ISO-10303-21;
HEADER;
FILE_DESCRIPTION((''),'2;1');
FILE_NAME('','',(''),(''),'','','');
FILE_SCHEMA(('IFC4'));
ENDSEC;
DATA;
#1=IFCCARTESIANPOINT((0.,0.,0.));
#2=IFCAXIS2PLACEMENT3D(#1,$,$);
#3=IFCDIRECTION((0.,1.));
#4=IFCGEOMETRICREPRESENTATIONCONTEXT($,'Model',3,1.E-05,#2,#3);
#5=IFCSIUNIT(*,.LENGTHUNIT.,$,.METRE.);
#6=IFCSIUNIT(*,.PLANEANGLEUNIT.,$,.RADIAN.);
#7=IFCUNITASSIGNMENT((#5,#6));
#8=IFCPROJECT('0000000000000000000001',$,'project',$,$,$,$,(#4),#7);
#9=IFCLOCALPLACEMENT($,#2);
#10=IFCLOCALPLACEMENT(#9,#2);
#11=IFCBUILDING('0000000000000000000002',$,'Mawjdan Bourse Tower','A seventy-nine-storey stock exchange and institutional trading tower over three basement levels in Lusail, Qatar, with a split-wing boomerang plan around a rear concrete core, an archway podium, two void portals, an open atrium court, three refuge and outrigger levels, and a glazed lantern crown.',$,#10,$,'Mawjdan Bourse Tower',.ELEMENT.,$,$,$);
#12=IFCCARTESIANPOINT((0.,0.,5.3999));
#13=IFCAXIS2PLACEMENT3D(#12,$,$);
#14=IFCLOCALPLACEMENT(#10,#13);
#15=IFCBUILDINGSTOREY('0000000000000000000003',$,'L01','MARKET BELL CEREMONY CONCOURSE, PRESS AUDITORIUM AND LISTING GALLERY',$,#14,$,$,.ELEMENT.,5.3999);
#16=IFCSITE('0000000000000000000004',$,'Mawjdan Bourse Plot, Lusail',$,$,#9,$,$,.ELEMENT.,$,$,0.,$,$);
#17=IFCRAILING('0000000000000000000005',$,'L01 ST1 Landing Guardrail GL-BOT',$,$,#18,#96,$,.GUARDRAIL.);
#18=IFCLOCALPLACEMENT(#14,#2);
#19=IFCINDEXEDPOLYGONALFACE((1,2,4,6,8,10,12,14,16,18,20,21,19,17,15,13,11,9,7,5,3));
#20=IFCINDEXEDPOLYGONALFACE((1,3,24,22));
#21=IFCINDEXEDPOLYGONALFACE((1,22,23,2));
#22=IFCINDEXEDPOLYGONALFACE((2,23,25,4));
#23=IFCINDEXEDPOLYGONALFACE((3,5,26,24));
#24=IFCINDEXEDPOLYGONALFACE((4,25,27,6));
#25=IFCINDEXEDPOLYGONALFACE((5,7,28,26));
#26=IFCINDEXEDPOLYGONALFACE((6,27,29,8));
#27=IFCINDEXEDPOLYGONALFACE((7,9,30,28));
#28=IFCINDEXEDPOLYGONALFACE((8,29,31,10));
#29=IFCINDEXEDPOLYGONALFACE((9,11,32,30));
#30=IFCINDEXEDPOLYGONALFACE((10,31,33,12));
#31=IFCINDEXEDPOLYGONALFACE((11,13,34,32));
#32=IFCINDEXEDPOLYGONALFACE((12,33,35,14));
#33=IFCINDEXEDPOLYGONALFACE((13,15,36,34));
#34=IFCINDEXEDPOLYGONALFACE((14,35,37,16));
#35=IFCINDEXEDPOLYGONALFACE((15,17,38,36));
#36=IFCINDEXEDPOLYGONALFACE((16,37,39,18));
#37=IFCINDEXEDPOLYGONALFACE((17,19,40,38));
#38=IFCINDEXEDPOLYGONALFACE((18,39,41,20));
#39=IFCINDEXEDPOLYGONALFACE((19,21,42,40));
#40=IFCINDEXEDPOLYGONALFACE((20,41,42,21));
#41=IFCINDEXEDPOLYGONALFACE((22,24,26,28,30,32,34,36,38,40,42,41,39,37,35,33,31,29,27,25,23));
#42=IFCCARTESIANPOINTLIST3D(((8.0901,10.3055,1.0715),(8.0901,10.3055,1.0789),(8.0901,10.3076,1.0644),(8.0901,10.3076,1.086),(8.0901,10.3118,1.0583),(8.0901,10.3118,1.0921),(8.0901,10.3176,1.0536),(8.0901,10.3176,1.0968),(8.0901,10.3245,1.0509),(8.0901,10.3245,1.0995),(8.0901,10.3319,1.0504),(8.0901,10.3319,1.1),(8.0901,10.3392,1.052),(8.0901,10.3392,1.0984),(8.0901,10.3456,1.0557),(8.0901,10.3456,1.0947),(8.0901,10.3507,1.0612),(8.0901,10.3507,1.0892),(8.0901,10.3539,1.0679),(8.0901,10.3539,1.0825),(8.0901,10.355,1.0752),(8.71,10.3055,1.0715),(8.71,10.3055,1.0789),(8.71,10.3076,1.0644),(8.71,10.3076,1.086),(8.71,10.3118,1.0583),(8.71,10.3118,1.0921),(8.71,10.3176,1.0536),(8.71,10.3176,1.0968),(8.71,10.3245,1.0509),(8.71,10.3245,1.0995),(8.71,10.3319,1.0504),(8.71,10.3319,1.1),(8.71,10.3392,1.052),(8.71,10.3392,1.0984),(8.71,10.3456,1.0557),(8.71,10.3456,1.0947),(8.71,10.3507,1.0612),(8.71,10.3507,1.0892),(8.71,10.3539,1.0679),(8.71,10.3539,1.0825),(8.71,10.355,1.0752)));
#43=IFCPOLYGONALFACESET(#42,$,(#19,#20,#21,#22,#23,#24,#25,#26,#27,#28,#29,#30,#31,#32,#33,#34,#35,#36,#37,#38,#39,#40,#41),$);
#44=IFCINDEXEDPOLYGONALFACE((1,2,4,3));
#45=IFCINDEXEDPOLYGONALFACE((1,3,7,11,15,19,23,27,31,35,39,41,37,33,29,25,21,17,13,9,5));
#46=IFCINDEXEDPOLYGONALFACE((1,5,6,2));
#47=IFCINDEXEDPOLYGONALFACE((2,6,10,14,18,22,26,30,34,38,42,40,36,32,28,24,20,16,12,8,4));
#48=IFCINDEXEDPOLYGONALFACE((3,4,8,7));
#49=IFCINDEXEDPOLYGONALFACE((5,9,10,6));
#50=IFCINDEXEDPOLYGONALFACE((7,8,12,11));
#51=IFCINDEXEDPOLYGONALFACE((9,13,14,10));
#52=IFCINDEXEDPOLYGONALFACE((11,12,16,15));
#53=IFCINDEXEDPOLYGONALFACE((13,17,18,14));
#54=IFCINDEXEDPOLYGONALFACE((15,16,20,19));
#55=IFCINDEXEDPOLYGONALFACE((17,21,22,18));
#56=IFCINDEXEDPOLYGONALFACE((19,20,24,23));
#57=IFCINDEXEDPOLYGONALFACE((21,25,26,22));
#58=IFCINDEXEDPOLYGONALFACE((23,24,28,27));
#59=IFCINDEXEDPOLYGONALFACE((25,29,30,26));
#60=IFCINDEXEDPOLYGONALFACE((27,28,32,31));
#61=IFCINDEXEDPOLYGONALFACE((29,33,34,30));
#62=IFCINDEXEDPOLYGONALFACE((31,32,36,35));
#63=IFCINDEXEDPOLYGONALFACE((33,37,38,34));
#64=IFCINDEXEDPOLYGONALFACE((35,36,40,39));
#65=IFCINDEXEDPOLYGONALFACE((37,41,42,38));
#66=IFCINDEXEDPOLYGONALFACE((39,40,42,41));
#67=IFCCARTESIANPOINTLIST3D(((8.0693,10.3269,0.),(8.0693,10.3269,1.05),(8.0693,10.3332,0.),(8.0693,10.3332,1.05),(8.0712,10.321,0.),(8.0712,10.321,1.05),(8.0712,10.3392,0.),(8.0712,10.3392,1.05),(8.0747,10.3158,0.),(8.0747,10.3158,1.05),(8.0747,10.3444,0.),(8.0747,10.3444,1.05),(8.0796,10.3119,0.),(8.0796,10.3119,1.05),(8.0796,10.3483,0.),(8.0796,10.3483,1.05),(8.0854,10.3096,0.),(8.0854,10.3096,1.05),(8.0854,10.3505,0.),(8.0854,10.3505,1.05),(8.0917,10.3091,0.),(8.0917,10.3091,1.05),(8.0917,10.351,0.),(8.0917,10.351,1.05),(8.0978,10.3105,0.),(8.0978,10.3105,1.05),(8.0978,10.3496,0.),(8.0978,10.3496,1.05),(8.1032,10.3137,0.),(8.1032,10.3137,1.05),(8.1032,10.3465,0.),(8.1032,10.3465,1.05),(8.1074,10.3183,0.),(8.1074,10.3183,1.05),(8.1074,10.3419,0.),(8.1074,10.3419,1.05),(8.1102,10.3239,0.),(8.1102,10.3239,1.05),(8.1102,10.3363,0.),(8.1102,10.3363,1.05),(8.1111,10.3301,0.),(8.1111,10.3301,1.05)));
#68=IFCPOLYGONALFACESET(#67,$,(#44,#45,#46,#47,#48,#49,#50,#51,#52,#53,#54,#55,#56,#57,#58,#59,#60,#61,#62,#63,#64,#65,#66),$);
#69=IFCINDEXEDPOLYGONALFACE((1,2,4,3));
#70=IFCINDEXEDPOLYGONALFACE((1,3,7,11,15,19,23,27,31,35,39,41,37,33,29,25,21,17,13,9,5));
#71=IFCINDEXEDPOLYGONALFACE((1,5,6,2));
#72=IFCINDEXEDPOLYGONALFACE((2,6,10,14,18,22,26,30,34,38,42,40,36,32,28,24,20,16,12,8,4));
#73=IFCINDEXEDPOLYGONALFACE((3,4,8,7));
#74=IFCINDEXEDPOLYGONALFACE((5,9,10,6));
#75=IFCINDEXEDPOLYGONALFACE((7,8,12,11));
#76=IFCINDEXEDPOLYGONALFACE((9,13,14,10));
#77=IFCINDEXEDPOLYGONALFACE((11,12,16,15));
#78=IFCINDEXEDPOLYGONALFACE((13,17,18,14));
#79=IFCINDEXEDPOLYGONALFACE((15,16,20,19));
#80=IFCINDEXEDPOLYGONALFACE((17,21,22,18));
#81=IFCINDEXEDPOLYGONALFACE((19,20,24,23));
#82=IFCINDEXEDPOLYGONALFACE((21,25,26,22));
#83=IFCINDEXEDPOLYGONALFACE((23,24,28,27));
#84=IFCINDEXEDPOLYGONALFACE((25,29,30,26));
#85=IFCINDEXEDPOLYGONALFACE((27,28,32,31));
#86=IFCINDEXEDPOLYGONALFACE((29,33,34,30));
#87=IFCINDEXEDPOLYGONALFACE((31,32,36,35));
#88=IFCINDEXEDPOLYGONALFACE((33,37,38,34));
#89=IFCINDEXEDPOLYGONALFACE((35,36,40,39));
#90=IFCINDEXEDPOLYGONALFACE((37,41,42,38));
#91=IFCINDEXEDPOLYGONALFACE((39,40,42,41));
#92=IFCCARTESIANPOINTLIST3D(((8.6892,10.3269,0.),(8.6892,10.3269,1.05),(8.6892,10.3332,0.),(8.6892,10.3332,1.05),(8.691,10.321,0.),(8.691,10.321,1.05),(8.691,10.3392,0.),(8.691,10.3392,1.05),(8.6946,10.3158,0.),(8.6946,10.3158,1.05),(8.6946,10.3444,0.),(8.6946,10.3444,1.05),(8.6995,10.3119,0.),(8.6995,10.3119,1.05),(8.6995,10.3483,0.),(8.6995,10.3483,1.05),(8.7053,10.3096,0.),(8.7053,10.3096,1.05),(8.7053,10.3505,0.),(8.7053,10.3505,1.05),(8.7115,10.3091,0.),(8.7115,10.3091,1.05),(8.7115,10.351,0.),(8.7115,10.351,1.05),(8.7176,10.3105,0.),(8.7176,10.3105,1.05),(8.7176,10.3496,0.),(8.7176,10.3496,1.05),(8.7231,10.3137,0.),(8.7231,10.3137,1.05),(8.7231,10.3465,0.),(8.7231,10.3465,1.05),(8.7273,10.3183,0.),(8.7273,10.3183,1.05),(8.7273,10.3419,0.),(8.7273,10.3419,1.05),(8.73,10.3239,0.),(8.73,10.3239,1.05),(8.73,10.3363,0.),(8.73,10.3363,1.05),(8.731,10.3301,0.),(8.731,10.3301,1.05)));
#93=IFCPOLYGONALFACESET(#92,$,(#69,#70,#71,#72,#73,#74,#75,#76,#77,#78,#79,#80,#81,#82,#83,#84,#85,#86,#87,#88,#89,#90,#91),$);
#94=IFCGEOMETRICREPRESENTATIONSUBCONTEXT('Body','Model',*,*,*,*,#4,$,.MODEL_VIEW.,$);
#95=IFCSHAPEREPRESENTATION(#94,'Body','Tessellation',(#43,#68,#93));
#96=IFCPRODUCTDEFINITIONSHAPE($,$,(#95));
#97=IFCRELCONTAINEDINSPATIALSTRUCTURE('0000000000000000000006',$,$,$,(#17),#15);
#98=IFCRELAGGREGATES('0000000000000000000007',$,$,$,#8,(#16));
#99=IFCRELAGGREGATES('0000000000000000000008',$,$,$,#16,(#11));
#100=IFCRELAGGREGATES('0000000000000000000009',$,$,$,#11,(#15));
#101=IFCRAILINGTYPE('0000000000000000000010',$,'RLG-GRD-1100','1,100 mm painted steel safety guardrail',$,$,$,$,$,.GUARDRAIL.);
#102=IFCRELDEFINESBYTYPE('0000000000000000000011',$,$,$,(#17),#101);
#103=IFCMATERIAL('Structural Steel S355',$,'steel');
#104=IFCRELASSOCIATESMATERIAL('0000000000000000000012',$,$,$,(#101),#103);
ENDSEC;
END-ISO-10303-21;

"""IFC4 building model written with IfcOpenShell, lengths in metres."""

from ifc_helpers import new_model, si_unit, direction, frame, origin, origin_2d, place, context, subcontext, project, spatial, circle, extrude, material, type_object, element, save


model = new_model("IFC4")

# Units and contexts
model_context = context("Model", 3, precision=1e-05, world=origin(), true_north=direction((0.0, 1.0)))
body_context = subcontext(model_context, "Body", "Model", "MODEL_VIEW")
ifc_project = project(units=[si_unit("LENGTHUNIT", "METRE"), si_unit("PLANEANGLEUNIT", "RADIAN")], contexts=[model_context])

# Site, building, storey
site_placement = place(None, origin())
site = spatial("IfcSite", under=ifc_project, at=site_placement, Name="Mawjdan Bourse Plot, Lusail", CompositionType="ELEMENT", RefElevation=0.0)
building_placement = place(site_placement, origin())
building = spatial("IfcBuilding", under=site, at=building_placement, Name="Mawjdan Bourse Tower", Description="A seventy-nine-storey stock exchange and institutional trading tower over three basement levels in Lusail, Qatar, with a split-wing boomerang plan around a rear concrete core, an archway podium, two void portals, an open atrium court, three refuge and outrigger levels, and a glazed lantern crown.", LongName="Mawjdan Bourse Tower", CompositionType="ELEMENT")
storey_placement = place(building_placement, frame((0.0, 0.0, 5.3999)))
storey = spatial("IfcBuildingStorey", under=building, at=storey_placement, Name="L01", Description="MARKET BELL CEREMONY CONCOURSE, PRESS AUDITORIUM AND LISTING GALLERY", CompositionType="ELEMENT", Elevation=5.3999)

# Shared definitions
ifc_material_1 = material(Name="Structural Steel S355", Category="steel")

# Railing
railing_type_1 = type_object("IfcRailingType", Name="RLG-GRD-1100", Description="1,100 mm painted steel safety guardrail", PredefinedType="GUARDRAIL", material=ifc_material_1)
for number, where, name in (
    (1, (8.0901, 10.3301, 0.0), "L01 ST1 Landing Guardrail GL-BOT"),
):
    element("IfcRailing", number, at=place(storey_placement, frame(where)), inside=storey, type_object=railing_type_1, Name=name, PredefinedType="GUARDRAIL", context=body_context, shape_type="SweptSolid", body=[
        extrude(circle(Radius=0.0249, at=origin_2d()), frame((0.0, 0.0, 1.0752), z_axis=(1.0, 0.0, 0.0), x_axis=(0.0, 1.0, 0.0)), (0.0, 0.0, 1.0), 0.6199),
        extrude(circle(Radius=0.021, at=origin_2d()), origin(), (0.0, 0.0, 1.0), 1.05),
        extrude(circle(Radius=0.021, at=origin_2d()), frame((0.6199, 0.0, 0.0)), (0.0, 0.0, 1.0), 1.05),
    ])

save(model, "model.ifc")
